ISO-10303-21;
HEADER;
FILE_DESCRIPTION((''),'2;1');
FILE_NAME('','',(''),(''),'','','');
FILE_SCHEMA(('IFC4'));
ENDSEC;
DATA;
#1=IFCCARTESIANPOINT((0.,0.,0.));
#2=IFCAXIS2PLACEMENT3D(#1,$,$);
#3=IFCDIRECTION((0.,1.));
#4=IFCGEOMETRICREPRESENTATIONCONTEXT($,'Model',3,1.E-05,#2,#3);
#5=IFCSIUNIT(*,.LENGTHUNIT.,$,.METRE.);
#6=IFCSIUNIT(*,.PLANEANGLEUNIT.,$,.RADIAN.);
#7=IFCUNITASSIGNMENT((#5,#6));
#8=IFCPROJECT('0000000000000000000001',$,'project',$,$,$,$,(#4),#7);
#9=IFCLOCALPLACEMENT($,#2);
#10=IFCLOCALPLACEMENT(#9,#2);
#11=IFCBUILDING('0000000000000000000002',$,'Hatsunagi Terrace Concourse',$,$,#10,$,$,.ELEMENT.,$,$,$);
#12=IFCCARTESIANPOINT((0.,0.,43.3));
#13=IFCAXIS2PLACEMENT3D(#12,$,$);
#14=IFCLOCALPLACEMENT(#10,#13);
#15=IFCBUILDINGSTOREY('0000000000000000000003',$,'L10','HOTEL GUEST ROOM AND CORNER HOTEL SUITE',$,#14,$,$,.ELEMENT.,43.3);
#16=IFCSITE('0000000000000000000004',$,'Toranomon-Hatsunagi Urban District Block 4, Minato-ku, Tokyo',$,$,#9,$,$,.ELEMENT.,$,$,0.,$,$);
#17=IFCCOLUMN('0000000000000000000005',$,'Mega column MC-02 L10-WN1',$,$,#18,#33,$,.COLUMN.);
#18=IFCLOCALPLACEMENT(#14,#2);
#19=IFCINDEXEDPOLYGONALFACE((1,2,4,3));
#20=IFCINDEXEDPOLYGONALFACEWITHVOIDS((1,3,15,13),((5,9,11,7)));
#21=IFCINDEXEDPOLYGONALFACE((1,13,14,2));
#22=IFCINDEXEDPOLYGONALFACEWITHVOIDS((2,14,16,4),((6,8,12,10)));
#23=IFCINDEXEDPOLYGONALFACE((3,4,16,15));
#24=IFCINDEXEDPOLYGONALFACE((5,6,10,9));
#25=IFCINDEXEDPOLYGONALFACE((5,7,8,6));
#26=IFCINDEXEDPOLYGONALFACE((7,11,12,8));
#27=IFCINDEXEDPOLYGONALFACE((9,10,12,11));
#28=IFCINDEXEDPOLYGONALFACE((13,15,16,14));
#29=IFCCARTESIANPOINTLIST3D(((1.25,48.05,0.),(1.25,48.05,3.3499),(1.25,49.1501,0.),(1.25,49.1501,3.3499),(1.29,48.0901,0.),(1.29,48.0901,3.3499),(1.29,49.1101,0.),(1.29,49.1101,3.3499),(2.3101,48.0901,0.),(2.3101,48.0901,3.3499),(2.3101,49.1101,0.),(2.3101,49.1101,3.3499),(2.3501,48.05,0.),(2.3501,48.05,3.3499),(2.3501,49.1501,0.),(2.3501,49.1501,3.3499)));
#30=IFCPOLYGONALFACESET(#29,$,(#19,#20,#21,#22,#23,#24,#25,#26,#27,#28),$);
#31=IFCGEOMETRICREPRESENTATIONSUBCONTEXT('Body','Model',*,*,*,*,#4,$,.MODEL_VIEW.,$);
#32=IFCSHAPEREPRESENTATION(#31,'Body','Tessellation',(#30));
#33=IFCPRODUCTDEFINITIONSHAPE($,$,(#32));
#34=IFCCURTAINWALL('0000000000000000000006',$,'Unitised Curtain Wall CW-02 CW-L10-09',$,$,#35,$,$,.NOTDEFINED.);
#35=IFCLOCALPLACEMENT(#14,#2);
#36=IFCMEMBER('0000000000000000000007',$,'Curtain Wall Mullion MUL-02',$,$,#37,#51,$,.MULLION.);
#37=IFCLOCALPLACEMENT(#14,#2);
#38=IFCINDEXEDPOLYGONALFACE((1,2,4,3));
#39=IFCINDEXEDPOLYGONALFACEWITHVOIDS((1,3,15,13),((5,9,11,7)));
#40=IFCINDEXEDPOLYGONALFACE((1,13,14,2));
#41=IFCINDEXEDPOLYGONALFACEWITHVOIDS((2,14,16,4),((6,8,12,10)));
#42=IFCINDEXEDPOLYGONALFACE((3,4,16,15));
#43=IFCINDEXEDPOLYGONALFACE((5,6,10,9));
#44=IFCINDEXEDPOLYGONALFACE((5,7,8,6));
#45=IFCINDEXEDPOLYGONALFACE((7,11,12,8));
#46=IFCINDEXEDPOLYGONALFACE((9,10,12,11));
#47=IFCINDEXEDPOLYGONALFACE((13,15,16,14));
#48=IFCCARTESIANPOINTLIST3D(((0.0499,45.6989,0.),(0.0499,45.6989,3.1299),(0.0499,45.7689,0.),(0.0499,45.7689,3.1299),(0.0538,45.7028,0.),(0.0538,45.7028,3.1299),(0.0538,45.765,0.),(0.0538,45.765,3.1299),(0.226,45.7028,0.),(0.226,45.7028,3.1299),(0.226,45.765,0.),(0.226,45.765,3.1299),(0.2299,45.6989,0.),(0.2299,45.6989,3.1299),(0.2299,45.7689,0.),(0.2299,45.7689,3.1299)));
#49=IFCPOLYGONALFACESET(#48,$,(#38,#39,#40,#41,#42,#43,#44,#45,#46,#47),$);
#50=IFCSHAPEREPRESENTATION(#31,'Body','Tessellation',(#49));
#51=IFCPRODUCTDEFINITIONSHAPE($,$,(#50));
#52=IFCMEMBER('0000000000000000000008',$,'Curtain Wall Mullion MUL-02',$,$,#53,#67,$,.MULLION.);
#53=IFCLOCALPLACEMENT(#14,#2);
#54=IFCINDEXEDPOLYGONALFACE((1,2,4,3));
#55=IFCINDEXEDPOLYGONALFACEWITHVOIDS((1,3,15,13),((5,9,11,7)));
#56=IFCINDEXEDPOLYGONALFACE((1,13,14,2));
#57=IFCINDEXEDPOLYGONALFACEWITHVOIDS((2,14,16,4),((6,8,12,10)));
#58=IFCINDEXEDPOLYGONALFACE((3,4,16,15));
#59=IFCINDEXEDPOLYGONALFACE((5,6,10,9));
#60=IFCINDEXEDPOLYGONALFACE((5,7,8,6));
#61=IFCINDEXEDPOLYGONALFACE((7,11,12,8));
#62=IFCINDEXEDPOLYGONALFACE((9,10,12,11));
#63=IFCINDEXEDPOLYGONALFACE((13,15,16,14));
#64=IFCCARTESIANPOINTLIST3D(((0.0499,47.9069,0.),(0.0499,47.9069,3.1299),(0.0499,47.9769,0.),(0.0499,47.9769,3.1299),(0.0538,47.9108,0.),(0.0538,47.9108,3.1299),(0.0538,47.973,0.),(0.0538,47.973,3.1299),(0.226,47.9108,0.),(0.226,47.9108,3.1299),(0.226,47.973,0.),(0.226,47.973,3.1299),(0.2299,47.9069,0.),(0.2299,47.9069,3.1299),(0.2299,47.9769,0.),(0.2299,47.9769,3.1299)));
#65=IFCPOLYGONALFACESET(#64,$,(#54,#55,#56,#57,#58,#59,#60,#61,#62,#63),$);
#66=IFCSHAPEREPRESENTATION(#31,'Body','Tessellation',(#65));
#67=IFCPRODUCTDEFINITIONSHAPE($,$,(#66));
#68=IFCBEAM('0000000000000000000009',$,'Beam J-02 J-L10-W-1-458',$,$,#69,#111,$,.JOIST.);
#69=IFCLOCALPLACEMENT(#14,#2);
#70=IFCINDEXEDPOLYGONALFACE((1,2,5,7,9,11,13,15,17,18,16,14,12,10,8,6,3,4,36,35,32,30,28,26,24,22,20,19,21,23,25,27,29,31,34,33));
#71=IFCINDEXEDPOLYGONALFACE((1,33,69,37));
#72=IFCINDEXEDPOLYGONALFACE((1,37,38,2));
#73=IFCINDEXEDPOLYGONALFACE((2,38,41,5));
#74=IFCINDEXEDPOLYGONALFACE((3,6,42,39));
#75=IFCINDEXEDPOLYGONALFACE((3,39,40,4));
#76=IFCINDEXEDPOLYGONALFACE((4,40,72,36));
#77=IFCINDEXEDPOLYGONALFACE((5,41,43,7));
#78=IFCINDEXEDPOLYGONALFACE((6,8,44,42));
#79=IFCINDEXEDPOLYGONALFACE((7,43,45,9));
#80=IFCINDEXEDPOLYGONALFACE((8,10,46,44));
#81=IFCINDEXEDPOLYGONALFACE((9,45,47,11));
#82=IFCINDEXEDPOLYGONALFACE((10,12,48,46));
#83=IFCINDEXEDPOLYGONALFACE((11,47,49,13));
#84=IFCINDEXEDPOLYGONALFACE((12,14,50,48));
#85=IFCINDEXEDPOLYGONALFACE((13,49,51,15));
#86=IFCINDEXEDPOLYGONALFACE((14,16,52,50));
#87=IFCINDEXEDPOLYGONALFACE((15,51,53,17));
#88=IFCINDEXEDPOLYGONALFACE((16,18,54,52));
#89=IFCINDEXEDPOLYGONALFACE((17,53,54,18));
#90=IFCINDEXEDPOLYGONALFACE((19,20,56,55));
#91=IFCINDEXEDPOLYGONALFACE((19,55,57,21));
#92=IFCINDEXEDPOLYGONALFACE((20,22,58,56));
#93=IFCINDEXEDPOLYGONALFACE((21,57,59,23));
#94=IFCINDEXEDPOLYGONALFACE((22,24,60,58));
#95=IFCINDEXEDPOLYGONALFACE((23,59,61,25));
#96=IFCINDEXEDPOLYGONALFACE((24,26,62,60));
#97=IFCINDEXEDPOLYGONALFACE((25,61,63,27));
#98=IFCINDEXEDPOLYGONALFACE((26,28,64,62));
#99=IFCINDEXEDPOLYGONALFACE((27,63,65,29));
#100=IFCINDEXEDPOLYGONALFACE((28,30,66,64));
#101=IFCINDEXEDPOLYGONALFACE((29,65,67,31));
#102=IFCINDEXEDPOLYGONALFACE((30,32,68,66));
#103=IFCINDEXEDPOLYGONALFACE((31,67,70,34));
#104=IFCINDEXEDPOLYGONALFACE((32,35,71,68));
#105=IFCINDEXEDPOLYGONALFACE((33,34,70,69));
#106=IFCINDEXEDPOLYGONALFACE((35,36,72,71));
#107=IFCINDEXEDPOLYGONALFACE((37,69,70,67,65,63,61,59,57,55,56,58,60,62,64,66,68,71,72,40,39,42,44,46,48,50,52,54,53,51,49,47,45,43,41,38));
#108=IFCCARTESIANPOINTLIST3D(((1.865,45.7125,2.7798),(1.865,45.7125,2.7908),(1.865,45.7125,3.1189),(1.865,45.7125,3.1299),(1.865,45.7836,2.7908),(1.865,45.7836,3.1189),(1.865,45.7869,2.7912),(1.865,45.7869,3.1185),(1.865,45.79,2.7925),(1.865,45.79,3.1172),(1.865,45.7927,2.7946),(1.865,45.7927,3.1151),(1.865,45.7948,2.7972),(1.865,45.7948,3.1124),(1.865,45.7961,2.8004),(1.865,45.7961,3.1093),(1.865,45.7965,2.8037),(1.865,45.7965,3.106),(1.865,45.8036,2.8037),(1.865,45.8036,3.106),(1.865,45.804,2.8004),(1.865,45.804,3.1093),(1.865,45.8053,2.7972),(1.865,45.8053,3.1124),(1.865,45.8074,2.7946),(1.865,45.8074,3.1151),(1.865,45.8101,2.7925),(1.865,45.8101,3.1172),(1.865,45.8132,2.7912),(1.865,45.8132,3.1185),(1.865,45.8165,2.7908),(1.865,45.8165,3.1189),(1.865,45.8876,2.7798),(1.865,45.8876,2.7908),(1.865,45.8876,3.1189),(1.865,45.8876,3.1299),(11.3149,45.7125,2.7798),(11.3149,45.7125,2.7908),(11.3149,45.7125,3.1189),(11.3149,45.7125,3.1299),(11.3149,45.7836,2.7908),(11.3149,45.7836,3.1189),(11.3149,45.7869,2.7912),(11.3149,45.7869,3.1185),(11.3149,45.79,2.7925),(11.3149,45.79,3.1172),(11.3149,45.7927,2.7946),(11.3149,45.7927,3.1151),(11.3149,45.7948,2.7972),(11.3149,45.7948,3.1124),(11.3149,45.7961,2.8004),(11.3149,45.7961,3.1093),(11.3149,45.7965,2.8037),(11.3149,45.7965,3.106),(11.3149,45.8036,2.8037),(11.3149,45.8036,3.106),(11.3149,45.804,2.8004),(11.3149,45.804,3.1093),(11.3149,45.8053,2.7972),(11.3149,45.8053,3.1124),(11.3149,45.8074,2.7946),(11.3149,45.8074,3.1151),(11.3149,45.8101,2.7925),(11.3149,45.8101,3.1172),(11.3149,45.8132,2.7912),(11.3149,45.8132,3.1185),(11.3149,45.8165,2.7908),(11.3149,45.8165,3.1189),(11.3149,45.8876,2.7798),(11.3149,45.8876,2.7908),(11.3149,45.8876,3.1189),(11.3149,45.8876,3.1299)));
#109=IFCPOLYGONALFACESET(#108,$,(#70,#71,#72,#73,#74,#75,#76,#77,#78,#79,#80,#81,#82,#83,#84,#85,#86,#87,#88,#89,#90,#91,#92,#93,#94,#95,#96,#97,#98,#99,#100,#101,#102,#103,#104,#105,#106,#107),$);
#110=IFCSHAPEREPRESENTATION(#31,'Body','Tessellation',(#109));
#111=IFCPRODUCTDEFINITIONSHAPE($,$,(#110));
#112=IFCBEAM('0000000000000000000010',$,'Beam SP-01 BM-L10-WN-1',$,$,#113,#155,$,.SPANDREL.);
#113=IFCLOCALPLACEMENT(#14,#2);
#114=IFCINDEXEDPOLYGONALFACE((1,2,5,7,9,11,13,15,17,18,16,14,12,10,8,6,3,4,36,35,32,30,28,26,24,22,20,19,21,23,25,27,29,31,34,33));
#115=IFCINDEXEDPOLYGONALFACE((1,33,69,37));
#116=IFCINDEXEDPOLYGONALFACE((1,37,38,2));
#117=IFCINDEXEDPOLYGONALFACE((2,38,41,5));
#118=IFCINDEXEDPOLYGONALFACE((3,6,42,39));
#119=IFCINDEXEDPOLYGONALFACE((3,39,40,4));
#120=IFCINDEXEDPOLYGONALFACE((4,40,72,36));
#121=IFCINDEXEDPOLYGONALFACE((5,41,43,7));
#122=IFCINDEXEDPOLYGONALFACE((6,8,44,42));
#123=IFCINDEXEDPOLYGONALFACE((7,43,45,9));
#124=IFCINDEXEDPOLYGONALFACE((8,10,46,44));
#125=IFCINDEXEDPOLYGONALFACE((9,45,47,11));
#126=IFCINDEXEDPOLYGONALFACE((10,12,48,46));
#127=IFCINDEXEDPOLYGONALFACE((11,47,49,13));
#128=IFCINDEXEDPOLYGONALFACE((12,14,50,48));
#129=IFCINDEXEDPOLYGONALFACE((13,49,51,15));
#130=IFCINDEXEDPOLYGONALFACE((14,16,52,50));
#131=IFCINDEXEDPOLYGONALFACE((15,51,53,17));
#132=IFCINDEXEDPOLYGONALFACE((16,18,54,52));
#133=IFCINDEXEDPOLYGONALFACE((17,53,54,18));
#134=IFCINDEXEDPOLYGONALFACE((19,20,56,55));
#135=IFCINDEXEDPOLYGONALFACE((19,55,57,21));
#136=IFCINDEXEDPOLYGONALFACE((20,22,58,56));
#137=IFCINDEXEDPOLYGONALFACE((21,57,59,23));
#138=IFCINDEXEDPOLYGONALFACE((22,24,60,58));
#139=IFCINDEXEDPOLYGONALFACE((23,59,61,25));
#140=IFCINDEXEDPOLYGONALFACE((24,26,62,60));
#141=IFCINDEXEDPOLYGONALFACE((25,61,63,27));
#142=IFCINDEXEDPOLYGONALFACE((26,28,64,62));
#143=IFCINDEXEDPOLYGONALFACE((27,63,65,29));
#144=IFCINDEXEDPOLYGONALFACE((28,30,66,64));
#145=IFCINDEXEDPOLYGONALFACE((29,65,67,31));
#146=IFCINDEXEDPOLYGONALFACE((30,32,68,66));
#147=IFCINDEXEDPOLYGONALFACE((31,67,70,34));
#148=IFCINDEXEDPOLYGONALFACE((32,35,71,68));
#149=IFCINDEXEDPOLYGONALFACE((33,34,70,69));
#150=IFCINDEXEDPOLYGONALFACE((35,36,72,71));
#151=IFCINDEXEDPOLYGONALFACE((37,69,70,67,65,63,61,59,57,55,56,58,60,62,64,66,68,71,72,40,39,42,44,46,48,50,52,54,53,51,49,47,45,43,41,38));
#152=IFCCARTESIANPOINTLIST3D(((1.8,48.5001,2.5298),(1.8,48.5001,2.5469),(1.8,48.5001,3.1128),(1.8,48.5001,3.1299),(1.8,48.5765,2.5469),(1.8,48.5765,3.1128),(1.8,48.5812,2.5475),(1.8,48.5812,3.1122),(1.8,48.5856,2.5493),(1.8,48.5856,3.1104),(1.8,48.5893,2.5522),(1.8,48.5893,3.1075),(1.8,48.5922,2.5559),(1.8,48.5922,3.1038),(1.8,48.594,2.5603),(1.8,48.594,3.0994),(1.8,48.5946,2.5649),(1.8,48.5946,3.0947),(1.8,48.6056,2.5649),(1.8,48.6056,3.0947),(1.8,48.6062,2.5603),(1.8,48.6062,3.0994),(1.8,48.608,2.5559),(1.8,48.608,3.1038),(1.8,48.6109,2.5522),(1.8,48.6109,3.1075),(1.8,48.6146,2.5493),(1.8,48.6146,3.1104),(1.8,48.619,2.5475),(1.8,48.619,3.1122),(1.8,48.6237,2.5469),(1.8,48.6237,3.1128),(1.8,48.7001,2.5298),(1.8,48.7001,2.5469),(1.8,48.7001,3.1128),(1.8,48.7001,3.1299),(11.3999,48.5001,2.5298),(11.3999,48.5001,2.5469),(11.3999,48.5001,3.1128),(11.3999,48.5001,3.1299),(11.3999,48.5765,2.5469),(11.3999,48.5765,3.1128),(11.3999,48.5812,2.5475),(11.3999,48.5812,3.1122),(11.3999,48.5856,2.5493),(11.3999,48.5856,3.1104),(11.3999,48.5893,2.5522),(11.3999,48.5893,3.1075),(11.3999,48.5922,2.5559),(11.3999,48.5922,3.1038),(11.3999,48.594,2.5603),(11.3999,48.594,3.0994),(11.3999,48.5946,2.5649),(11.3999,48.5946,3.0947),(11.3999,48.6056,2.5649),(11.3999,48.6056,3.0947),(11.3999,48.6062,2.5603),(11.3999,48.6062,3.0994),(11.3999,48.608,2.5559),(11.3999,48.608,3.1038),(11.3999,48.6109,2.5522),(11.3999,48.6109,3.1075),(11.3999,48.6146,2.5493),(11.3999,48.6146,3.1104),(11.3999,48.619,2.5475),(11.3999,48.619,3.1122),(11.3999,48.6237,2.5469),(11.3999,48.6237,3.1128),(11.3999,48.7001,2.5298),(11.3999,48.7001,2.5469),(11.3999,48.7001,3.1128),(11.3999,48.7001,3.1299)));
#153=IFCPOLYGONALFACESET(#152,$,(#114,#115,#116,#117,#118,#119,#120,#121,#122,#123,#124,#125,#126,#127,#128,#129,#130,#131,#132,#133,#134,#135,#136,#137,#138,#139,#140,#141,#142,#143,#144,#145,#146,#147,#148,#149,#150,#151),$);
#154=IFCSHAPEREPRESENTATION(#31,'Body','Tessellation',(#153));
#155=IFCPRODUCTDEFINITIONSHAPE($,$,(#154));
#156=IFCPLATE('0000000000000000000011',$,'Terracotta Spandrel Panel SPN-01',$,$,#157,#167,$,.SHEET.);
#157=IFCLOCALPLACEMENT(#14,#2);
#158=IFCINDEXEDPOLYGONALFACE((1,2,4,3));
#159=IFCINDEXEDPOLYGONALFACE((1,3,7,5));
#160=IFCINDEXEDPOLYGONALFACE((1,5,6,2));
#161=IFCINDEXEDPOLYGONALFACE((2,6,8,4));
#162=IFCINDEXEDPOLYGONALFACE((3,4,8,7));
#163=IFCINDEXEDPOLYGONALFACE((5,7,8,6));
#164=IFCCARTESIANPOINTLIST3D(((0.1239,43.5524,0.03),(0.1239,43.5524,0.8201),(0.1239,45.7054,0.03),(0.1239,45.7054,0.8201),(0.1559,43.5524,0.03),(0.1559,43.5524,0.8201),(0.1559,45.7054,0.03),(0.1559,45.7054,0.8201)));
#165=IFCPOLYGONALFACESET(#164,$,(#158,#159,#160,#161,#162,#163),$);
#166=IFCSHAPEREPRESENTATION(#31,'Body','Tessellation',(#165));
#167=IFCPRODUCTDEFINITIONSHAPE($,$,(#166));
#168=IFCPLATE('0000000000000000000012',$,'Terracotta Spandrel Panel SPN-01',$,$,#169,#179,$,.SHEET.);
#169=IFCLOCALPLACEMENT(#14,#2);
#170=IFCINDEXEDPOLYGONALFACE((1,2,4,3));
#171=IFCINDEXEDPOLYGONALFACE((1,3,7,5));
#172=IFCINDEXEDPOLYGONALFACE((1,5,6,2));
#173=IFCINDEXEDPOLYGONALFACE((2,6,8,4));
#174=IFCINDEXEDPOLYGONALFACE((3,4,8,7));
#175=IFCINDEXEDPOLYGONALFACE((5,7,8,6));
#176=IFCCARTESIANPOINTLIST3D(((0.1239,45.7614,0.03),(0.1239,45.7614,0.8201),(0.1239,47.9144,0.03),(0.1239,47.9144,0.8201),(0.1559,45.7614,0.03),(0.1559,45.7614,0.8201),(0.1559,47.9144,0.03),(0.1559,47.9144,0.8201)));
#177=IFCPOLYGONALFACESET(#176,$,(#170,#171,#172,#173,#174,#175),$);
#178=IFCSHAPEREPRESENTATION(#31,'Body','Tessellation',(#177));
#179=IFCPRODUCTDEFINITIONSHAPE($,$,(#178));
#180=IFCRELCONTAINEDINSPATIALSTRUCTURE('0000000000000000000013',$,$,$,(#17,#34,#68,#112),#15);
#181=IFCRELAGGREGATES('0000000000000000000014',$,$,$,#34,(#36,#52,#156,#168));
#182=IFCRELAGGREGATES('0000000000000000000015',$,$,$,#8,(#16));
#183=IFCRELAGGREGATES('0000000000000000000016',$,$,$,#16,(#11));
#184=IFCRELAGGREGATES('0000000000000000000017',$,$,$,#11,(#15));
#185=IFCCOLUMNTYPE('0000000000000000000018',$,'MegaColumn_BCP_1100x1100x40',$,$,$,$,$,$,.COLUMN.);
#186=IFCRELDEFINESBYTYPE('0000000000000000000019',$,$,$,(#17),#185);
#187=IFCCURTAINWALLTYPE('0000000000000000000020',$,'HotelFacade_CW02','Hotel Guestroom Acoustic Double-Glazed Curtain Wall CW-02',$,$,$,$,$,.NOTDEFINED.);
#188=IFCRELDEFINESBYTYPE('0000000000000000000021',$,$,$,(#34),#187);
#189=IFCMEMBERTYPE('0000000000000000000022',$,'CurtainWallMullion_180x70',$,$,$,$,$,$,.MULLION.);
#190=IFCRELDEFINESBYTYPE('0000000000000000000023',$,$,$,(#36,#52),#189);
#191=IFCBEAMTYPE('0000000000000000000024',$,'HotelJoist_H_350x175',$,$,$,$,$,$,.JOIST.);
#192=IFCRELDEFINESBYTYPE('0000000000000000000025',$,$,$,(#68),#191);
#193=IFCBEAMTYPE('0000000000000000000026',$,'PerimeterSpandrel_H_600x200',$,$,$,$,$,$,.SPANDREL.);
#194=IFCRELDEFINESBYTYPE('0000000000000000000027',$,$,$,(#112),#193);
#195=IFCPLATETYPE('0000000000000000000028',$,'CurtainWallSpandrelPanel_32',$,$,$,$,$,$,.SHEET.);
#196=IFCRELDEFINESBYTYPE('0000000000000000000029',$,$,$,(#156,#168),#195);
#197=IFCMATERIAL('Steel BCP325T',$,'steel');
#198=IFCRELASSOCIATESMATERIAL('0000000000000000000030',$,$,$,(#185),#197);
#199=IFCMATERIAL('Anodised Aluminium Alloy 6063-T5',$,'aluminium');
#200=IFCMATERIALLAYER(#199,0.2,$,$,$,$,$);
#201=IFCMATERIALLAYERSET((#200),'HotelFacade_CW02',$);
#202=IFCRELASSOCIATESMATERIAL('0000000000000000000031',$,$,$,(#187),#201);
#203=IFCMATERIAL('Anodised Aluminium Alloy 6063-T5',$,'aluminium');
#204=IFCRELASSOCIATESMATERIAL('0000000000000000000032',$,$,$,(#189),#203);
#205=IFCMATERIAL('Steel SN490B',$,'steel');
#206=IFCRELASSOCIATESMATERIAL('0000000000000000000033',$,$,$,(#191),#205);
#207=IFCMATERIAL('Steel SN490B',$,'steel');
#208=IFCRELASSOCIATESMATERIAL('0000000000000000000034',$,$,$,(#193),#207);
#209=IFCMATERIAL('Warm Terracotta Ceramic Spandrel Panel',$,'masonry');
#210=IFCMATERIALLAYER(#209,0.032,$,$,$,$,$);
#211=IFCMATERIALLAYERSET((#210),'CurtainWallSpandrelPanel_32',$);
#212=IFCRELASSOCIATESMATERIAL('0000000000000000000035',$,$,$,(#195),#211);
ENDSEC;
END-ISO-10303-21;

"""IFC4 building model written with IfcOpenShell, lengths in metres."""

from ifc_helpers import new_model, si_unit, direction, frame, origin, origin_2d, place, context, subcontext, project, spatial, rectangle, hollow_rectangle, i_section, extrude, material, layer, layer_set, material_profile, profile_set, type_object, element, aggregate, save


model = new_model("IFC4")

# Units and contexts
model_context = context("Model", 3, precision=1e-05, world=origin(), true_north=direction((0.0, 1.0)))
body_context = subcontext(model_context, "Body", "Model", "MODEL_VIEW")
ifc_project = project(units=[si_unit("LENGTHUNIT", "METRE"), si_unit("PLANEANGLEUNIT", "RADIAN")], contexts=[model_context])

# Site, building, storey
site_placement = place(None, origin())
site = spatial("IfcSite", under=ifc_project, at=site_placement, Name="Toranomon-Hatsunagi Urban District Block 4, Minato-ku, Tokyo", CompositionType="ELEMENT", RefElevation=0.0)
building_placement = place(site_placement, origin())
building = spatial("IfcBuilding", under=site, at=building_placement, Name="Hatsunagi Terrace Concourse", CompositionType="ELEMENT")
storey_placement = place(building_placement, frame((0.0, 0.0, 43.3)))
storey = spatial("IfcBuildingStorey", under=building, at=storey_placement, Name="L10", Description="HOTEL GUEST ROOM AND CORNER HOTEL SUITE", CompositionType="ELEMENT", Elevation=43.3)

# Column
ifc_material_1 = material(Name="Steel BCP325T", Category="steel")
ifc_material_profile_1 = material_profile(ifc_material_1, hollow_rectangle(XDim=1.1001, YDim=1.1001, WallThickness=0.04, at=origin_2d()), Name="BCP-1100x1100x40")
ifc_profile_set_1 = profile_set([ifc_material_profile_1], Name="Steel BCP325T")
column_type = type_object("IfcColumnType", Name="MegaColumn_BCP_1100x1100x40", PredefinedType="COLUMN", material=ifc_profile_set_1)
column_placement = place(storey_placement, frame((1.8, 48.6001, 0.0), z_axis=(0.0, 0.0, 1.0), x_axis=(1.0, 0.0, 0.0)))
element("IfcColumn", 1, at=column_placement, inside=storey, type_object=column_type, Name="Mega column MC-02 L10-WN1", PredefinedType="COLUMN", context=body_context, shape_type="SweptSolid", body=[
    extrude(hollow_rectangle(XDim=1.1001, YDim=1.1001, WallThickness=0.04, at=origin_2d()), origin(), (0.0, 0.0, 1.0), 3.3499),
])

# Curtain wall, members
ifc_material_2 = material(Name="Anodised Aluminium Alloy 6063-T5", Category="aluminium")
ifc_layer_1 = layer(ifc_material_2, 0.2)
ifc_layer_set_1 = layer_set([ifc_layer_1], Name="HotelFacade_CW02")
curtain_wall_type = type_object("IfcCurtainWallType", Name="HotelFacade_CW02", Description="Hotel Guestroom Acoustic Double-Glazed Curtain Wall CW-02", PredefinedType="NOTDEFINED", material=ifc_layer_set_1)
curtain_wall_placement = place(storey_placement, origin())
curtain_wall = element("IfcCurtainWall", 2, at=curtain_wall_placement, inside=storey, type_object=curtain_wall_type, Name="Unitised Curtain Wall CW-02 CW-L10-09", PredefinedType="NOTDEFINED")
ifc_material_3 = material(Name="Anodised Aluminium Alloy 6063-T5", Category="aluminium")
ifc_material_profile_2 = material_profile(ifc_material_3, hollow_rectangle(XDim=0.0701, YDim=0.1799, WallThickness=0.0039, at=origin_2d()), Name="ALU-MUL-180x70x4")
ifc_profile_set_2 = profile_set([ifc_material_profile_2], Name="Anodised Aluminium Alloy 6063-T5")
member_type = type_object("IfcMemberType", Name="CurtainWallMullion_180x70", PredefinedType="MULLION", material=ifc_profile_set_2)
member_1_placement = place(storey_placement, frame((0.1399, 45.7339, 0.0), z_axis=(0.0, 0.0, 1.0), x_axis=(0.0, 1.0, 0.0)))
member_1 = element("IfcMember", 3, at=member_1_placement, type_object=member_type, Name="Curtain Wall Mullion MUL-02", PredefinedType="MULLION", context=body_context, shape_type="SweptSolid", body=[
    extrude(hollow_rectangle(XDim=0.0701, YDim=0.1799, WallThickness=0.0039, at=origin_2d()), origin(), (0.0, 0.0, 1.0), 3.1299),
])
member_2_placement = place(storey_placement, frame((0.1399, 47.9419, 0.0), z_axis=(0.0, 0.0, 1.0), x_axis=(0.0, 1.0, 0.0)))
member_2 = element("IfcMember", 4, at=member_2_placement, type_object=member_type, Name="Curtain Wall Mullion MUL-02", PredefinedType="MULLION", context=body_context, shape_type="SweptSolid", body=[
    extrude(hollow_rectangle(XDim=0.0701, YDim=0.1799, WallThickness=0.0039, at=origin_2d()), origin(), (0.0, 0.0, 1.0), 3.1299),
])

# Beams
ifc_material_4 = material(Name="Steel SN490B", Category="steel")
ifc_material_profile_3 = material_profile(ifc_material_4, i_section(OverallWidth=0.175, OverallDepth=0.3501, WebThickness=0.0071, FlangeThickness=0.011, FilletRadius=0.0129, at=origin_2d()), Name="H-350x175x7x11")
ifc_profile_set_3 = profile_set([ifc_material_profile_3], Name="Steel SN490B")
beam_type_1 = type_object("IfcBeamType", Name="HotelJoist_H_350x175", PredefinedType="JOIST", material=ifc_profile_set_3)
beam_1_placement = place(storey_placement, frame((1.865, 45.8, 2.9548), z_axis=(1.0, 0.0, 0.0), x_axis=(0.0, 1.0, 0.0)))
element("IfcBeam", 5, at=beam_1_placement, inside=storey, type_object=beam_type_1, Name="Beam J-02 J-L10-W-1-458", PredefinedType="JOIST", context=body_context, shape_type="SweptSolid", body=[
    extrude(i_section(OverallWidth=0.175, OverallDepth=0.3501, WebThickness=0.0071, FlangeThickness=0.011, FilletRadius=0.0129, at=origin_2d()), origin(), (0.0, 0.0, 1.0), 9.45),
])
ifc_material_5 = material(Name="Steel SN490B", Category="steel")
ifc_material_profile_4 = material_profile(ifc_material_5, i_section(OverallWidth=0.2, OverallDepth=0.6001, WebThickness=0.011, FlangeThickness=0.0171, FilletRadius=0.0181, at=origin_2d()), Name="H-600x200x11x17")
ifc_profile_set_4 = profile_set([ifc_material_profile_4], Name="Steel SN490B")
beam_type_2 = type_object("IfcBeamType", Name="PerimeterSpandrel_H_600x200", PredefinedType="SPANDREL", material=ifc_profile_set_4)
beam_2_placement = place(storey_placement, frame((1.8, 48.6001, 2.8298), z_axis=(1.0, 0.0, 0.0), x_axis=(0.0, 1.0, 0.0)))
element("IfcBeam", 6, at=beam_2_placement, inside=storey, type_object=beam_type_2, Name="Beam SP-01 BM-L10-WN-1", PredefinedType="SPANDREL", context=body_context, shape_type="SweptSolid", body=[
    extrude(i_section(OverallWidth=0.2, OverallDepth=0.6001, WebThickness=0.011, FlangeThickness=0.0171, FilletRadius=0.0181, at=origin_2d()), origin(), (0.0, 0.0, 1.0), 9.5999),
])

# Plates
ifc_material_6 = material(Name="Warm Terracotta Ceramic Spandrel Panel", Category="masonry")
ifc_layer_2 = layer(ifc_material_6, 0.032)
ifc_layer_set_2 = layer_set([ifc_layer_2], Name="CurtainWallSpandrelPanel_32")
plate_type_1 = type_object("IfcPlateType", Name="CurtainWallSpandrelPanel_32", PredefinedType="SHEET", material=ifc_layer_set_2)
plate_1_placement = place(storey_placement, frame((0.1399, 44.6289, 0.03), z_axis=(0.0, 0.0, 1.0), x_axis=(0.0, 1.0, 0.0)))
plate_1 = element("IfcPlate", 7, at=plate_1_placement, type_object=plate_type_1, Name="Terracotta Spandrel Panel SPN-01", PredefinedType="SHEET", context=body_context, shape_type="SweptSolid", body=[
    extrude(rectangle(XDim=2.1531, YDim=0.032, at=origin_2d()), origin(), (0.0, 0.0, 1.0), 0.79),
])
plate_2_placement = place(storey_placement, frame((0.1399, 46.8379, 0.03), z_axis=(0.0, 0.0, 1.0), x_axis=(0.0, 1.0, 0.0)))
plate_2 = element("IfcPlate", 8, at=plate_2_placement, type_object=plate_type_1, Name="Terracotta Spandrel Panel SPN-01", PredefinedType="SHEET", context=body_context, shape_type="SweptSolid", body=[
    extrude(rectangle(XDim=2.1531, YDim=0.032, at=origin_2d()), origin(), (0.0, 0.0, 1.0), 0.79),
])
aggregate(curtain_wall, [member_1, member_2, plate_1, plate_2])

save(model, "model.ifc")
